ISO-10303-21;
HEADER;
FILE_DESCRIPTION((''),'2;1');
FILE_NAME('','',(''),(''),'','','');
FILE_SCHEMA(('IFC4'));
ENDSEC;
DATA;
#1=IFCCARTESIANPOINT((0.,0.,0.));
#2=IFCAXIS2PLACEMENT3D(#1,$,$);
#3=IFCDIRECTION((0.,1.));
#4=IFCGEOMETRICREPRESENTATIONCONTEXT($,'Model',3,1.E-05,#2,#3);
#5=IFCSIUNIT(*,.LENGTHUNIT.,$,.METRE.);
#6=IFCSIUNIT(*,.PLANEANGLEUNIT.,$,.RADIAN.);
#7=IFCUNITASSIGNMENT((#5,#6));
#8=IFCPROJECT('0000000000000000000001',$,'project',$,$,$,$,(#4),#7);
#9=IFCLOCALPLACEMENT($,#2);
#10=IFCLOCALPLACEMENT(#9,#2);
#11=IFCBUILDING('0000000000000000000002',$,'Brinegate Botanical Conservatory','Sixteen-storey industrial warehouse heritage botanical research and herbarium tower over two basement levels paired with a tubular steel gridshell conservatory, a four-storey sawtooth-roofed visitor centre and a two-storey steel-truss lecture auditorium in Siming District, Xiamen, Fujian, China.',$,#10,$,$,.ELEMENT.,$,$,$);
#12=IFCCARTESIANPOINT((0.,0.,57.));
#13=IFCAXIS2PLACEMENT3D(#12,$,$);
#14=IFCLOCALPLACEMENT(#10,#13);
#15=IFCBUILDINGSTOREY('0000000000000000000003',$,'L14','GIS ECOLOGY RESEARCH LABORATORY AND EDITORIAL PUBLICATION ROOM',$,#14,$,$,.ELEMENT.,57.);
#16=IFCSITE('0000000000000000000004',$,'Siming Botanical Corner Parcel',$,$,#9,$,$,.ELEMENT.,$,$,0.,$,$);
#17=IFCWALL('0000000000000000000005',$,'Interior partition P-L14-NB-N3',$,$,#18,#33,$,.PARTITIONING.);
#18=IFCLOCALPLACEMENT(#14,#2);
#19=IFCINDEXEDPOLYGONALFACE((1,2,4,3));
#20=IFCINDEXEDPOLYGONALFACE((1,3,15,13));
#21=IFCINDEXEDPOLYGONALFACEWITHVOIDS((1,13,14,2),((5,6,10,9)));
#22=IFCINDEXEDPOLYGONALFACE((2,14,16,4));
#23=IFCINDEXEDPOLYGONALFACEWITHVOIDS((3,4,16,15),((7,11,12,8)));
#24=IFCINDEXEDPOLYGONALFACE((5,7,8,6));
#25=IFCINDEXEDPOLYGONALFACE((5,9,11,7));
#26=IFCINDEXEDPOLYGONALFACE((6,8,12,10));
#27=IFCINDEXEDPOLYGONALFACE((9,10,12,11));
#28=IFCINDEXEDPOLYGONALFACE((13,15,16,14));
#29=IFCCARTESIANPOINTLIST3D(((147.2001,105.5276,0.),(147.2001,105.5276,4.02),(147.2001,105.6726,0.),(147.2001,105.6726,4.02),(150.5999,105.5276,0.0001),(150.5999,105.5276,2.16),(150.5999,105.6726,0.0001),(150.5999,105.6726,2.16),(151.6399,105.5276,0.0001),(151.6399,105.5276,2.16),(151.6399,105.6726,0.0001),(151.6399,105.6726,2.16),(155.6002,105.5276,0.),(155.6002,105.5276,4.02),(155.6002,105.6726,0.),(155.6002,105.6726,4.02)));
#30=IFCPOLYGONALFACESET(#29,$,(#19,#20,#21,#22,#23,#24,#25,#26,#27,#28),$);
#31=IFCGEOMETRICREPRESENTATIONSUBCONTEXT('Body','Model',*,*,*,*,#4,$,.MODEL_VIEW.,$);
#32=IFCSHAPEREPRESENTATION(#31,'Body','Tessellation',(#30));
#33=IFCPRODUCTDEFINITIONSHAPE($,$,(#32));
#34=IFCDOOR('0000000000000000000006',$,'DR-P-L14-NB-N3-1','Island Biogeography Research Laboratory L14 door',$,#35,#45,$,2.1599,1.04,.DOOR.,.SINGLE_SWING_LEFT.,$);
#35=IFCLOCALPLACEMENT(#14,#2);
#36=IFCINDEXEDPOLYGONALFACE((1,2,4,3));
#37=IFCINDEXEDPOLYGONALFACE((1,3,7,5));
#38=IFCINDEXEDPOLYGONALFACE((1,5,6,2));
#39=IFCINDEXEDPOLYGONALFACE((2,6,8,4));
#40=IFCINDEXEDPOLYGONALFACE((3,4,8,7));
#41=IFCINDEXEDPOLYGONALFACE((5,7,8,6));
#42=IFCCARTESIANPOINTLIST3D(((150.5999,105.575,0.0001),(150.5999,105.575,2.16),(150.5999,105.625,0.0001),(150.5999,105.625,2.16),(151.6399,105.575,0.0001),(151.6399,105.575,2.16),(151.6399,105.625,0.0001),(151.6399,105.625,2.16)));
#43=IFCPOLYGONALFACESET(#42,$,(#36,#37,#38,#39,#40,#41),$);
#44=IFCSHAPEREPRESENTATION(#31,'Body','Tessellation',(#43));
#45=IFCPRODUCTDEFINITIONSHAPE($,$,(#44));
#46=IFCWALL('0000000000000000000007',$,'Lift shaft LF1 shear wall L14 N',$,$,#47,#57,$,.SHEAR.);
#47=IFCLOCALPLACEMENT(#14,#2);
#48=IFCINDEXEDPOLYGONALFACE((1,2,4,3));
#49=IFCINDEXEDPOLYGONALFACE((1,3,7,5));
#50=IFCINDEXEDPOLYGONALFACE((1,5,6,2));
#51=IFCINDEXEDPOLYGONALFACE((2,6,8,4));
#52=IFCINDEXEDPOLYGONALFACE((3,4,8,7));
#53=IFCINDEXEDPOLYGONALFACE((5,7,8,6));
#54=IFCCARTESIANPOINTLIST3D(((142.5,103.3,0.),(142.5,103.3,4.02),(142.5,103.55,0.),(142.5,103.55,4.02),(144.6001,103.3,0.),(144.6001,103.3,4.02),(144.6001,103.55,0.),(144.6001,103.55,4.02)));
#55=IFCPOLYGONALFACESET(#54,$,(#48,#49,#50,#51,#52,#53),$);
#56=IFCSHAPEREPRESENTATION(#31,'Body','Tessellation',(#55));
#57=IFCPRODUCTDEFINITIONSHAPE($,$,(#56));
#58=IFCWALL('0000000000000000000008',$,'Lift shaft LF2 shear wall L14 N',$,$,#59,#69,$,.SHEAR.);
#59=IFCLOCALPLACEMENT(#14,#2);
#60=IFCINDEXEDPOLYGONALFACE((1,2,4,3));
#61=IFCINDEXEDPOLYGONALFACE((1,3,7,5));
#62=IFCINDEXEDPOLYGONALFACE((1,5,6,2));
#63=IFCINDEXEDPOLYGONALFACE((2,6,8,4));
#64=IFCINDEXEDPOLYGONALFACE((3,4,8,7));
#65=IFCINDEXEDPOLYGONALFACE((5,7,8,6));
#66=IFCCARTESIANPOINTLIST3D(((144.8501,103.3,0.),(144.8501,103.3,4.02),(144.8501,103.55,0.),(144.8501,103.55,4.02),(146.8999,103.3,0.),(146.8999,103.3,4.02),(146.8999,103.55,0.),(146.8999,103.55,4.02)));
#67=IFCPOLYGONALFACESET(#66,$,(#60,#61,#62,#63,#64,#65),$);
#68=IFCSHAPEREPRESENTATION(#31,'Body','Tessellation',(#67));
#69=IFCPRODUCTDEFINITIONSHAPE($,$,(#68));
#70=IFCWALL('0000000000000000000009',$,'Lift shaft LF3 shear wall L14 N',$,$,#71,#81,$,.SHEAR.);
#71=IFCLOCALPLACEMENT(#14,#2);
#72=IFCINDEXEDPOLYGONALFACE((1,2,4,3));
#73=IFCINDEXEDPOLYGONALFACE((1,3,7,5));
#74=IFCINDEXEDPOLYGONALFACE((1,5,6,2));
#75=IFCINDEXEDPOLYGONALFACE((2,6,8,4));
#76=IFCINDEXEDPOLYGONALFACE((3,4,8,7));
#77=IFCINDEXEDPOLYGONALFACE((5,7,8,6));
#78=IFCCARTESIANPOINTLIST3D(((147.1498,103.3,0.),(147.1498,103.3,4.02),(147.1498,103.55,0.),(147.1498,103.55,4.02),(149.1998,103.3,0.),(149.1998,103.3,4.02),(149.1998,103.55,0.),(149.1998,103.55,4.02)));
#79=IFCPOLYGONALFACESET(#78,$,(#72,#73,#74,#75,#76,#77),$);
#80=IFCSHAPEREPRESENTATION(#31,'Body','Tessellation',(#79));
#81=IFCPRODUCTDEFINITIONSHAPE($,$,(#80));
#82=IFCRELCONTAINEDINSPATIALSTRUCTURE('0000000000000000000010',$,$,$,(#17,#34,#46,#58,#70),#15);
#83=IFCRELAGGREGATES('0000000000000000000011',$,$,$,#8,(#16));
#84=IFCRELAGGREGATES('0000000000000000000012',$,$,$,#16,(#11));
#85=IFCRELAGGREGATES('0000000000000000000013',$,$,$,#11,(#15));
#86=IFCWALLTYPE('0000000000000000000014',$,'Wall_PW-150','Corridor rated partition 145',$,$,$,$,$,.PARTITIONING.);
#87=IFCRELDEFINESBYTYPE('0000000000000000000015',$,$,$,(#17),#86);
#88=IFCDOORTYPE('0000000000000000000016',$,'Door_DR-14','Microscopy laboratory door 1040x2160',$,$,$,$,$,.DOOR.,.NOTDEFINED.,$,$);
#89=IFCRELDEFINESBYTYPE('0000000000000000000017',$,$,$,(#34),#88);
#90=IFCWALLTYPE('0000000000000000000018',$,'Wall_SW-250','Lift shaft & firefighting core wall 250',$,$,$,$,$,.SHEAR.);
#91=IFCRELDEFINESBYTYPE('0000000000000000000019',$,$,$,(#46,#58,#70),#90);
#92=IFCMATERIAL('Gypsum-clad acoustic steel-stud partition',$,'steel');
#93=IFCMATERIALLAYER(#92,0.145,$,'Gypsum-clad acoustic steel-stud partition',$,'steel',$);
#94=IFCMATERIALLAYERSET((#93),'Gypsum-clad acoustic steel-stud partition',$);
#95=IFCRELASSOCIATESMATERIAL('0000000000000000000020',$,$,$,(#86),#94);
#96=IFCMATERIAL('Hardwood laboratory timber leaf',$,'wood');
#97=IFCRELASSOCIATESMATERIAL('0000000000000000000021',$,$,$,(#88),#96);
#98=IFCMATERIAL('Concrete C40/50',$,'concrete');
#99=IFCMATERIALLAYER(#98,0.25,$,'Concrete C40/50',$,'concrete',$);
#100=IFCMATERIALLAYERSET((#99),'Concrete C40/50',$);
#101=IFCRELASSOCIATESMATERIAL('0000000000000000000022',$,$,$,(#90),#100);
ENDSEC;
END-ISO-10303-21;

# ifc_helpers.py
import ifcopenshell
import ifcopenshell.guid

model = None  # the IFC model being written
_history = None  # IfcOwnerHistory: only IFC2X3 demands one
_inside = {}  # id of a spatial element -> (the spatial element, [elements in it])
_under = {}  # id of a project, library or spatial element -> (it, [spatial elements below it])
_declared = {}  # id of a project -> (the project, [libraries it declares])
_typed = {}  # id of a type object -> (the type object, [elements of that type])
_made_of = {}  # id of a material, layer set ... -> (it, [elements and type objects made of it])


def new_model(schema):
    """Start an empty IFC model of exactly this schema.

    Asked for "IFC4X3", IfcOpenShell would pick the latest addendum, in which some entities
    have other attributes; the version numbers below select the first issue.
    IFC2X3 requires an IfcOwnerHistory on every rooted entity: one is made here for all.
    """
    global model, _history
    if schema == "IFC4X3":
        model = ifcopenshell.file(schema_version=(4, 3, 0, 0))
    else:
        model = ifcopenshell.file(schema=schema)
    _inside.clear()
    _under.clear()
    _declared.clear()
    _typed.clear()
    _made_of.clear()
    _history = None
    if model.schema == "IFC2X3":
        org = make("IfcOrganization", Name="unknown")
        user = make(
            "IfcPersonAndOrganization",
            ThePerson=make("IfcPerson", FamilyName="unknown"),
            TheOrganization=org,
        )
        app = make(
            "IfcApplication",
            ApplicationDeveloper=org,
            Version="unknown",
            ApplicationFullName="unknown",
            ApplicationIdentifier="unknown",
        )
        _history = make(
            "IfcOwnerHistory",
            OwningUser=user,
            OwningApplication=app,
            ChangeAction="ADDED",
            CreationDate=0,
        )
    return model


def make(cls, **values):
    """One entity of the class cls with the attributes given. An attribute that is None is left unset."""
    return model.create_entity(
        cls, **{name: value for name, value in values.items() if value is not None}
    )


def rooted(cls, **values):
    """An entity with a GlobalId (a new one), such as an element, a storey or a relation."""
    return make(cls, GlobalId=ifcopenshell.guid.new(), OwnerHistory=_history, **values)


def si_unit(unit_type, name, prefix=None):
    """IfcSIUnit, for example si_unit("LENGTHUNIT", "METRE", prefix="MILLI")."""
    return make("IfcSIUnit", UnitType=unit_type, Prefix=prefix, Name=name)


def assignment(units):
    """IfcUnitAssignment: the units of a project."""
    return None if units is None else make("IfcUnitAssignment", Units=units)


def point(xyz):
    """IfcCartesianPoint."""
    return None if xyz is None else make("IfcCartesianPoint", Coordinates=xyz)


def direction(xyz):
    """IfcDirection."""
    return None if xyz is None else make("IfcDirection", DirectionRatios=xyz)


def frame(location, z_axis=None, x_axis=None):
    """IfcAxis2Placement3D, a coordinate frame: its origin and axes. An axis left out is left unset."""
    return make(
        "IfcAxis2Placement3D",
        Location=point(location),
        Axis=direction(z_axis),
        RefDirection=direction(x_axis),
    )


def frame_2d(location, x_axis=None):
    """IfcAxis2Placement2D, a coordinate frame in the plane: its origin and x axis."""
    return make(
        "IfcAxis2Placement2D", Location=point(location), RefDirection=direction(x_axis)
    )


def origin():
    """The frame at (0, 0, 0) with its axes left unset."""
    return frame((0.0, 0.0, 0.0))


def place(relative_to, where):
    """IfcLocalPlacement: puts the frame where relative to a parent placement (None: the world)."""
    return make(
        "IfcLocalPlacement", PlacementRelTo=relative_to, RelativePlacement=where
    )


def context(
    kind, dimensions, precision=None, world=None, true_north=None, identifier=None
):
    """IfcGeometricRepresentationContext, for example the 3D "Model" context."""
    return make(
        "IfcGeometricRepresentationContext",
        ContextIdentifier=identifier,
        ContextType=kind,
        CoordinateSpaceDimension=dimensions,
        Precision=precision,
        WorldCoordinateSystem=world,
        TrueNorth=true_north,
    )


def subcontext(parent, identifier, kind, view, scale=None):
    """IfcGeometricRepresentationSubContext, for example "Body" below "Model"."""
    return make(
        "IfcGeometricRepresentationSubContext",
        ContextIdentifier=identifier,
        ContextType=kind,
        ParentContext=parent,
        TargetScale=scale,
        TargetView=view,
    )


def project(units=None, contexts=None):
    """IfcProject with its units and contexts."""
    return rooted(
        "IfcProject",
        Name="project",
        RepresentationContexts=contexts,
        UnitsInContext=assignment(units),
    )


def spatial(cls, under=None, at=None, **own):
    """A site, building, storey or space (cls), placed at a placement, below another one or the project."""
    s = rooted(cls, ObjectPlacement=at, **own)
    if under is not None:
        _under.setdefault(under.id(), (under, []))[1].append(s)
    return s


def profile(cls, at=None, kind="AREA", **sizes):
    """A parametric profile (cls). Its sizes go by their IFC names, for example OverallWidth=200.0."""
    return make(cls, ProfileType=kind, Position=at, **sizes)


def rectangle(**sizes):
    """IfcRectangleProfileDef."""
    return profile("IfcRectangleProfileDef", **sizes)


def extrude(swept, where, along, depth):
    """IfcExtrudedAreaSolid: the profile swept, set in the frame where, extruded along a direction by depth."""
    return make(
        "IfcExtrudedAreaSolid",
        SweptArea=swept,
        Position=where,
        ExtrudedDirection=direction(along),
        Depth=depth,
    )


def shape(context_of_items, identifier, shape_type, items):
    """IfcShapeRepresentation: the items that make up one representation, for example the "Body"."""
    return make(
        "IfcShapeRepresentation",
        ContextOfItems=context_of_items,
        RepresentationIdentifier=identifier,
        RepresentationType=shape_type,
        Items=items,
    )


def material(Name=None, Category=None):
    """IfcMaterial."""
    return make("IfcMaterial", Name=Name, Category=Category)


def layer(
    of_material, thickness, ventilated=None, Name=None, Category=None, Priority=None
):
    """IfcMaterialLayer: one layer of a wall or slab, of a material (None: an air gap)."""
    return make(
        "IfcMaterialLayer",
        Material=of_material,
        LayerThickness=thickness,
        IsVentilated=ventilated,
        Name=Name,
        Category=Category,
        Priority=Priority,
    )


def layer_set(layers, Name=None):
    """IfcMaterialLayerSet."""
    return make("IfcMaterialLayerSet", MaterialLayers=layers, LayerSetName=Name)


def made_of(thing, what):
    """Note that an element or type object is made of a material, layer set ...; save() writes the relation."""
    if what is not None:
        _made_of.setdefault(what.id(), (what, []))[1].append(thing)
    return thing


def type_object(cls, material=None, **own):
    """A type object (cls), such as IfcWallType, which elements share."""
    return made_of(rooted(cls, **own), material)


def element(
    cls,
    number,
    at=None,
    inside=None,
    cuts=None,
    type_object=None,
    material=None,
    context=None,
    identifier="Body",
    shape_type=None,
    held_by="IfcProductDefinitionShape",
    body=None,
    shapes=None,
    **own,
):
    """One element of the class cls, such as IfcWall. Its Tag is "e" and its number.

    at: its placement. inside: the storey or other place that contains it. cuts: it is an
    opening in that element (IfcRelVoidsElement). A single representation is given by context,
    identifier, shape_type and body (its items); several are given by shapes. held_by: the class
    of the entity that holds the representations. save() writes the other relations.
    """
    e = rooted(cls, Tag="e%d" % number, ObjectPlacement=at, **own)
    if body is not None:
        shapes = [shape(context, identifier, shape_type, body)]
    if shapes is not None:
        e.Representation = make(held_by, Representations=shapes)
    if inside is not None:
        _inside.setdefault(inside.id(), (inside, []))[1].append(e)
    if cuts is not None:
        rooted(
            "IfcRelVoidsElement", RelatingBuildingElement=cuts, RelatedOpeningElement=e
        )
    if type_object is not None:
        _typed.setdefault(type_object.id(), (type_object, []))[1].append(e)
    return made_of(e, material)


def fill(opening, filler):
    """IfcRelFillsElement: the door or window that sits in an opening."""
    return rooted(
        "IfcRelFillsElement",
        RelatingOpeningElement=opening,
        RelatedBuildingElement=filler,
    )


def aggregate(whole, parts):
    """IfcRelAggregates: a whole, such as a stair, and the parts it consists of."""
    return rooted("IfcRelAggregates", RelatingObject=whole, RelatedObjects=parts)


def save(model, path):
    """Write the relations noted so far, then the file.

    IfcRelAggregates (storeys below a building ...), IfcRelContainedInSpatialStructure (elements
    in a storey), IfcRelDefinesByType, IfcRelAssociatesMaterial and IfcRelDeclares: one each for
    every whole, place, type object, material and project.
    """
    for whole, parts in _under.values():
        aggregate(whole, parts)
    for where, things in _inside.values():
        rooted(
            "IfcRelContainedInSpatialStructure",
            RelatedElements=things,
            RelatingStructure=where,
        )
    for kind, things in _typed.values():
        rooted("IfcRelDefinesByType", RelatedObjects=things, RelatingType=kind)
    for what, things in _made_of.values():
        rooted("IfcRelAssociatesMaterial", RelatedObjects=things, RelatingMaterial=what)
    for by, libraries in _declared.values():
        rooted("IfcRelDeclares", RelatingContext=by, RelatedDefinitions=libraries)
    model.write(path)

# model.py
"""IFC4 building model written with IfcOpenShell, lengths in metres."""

from ifc_helpers import new_model, si_unit, direction, frame, frame_2d, origin, place, context, subcontext, project, spatial, rectangle, extrude, material, layer, layer_set, type_object, element, fill, save


model = new_model("IFC4")

# Units and contexts
model_context = context("Model", 3, precision=1e-05, world=origin(), true_north=direction((0.0, 1.0)))
body_context = subcontext(model_context, "Body", "Model", "MODEL_VIEW")
ifc_project = project(units=[si_unit("LENGTHUNIT", "METRE"), si_unit("PLANEANGLEUNIT", "RADIAN")], contexts=[model_context])

# Site, building, storey
site_placement = place(None, origin())
site = spatial("IfcSite", under=ifc_project, at=site_placement, Name="Siming Botanical Corner Parcel", CompositionType="ELEMENT", RefElevation=0.0)
building_placement = place(site_placement, origin())
building = spatial("IfcBuilding", under=site, at=building_placement, Name="Brinegate Botanical Conservatory", Description="Sixteen-storey industrial warehouse heritage botanical research and herbarium tower over two basement levels paired with a tubular steel gridshell conservatory, a four-storey sawtooth-roofed visitor centre and a two-storey steel-truss lecture auditorium in Siming District, Xiamen, Fujian, China.", CompositionType="ELEMENT")
storey_placement = place(building_placement, frame((0.0, 0.0, 57.0)))
storey = spatial("IfcBuildingStorey", under=building, at=storey_placement, Name="L14", Description="GIS ECOLOGY RESEARCH LABORATORY AND EDITORIAL PUBLICATION ROOM", CompositionType="ELEMENT", Elevation=57.0)

# Shared definitions
ifc_material_1 = material(Name="Concrete C40/50", Category="concrete")

# Wall, opening, door
ifc_material_2 = material(Name="Gypsum-clad acoustic steel-stud partition", Category="steel")
ifc_layer_1 = layer(ifc_material_2, 0.145, Name="Gypsum-clad acoustic steel-stud partition", Category="steel")
ifc_layer_set_1 = layer_set([ifc_layer_1], Name="Gypsum-clad acoustic steel-stud partition")
wall_type_1 = type_object("IfcWallType", Name="Wall_PW-150", Description="Corridor rated partition 145", PredefinedType="PARTITIONING", material=ifc_layer_set_1)
wall_1_placement = place(storey_placement, frame((147.2, 105.6001, 0.0), z_axis=(0.0, 0.0, 1.0), x_axis=(1.0, 0.0, 0.0)))
wall_1 = element("IfcWall", 1, at=wall_1_placement, inside=storey, type_object=wall_type_1, Name="Interior partition P-L14-NB-N3", PredefinedType="PARTITIONING", context=body_context, shape_type="SweptSolid", body=[
    extrude(rectangle(XDim=8.4001, YDim=0.145, at=frame_2d((4.2002, 0.0))), origin(), (0.0, 0.0, 1.0), 4.02),
])
opening_1_placement = place(wall_1_placement, frame((3.3999, 0.0, 0.0)))
opening_1 = element("IfcOpeningElement", 2, at=opening_1_placement, cuts=wall_1, PredefinedType="OPENING", context=body_context, shape_type="SweptSolid", body=[
    extrude(rectangle(XDim=1.04, YDim=2.1599, at=frame_2d((0.52, 1.0801))), frame((0.0, 0.0825, 0.0), z_axis=(0.0, -1.0, 0.0), x_axis=(1.0, 0.0, 0.0)), (0.0, 0.0, 1.0), 0.165),
])
ifc_material_3 = material(Name="Hardwood laboratory timber leaf", Category="wood")
door_type = type_object("IfcDoorType", Name="Door_DR-14", Description="Microscopy laboratory door 1040x2160", OperationType="NOTDEFINED", PredefinedType="DOOR", material=ifc_material_3)
door_placement = place(opening_1_placement, origin())
door = element("IfcDoor", 3, at=door_placement, inside=storey, type_object=door_type, Name="DR-P-L14-NB-N3-1", Description="Island Biogeography Research Laboratory L14 door", OperationType="SINGLE_SWING_LEFT", OverallHeight=2.1599, OverallWidth=1.04, PredefinedType="DOOR", context=body_context, shape_type="SweptSolid", body=[
    extrude(rectangle(XDim=1.04, YDim=2.1599, at=frame_2d((0.52, 1.0801))), frame((0.0, 0.0249, 0.0), z_axis=(0.0, -1.0, 0.0), x_axis=(1.0, 0.0, 0.0)), (0.0, 0.0, 1.0), 0.05),
])
fill(opening_1, door)

# Walls
ifc_layer_2 = layer(ifc_material_1, 0.25, Name="Concrete C40/50", Category="concrete")
ifc_layer_set_2 = layer_set([ifc_layer_2], Name="Concrete C40/50")
wall_type_2 = type_object("IfcWallType", Name="Wall_SW-250", Description="Lift shaft & firefighting core wall 250", PredefinedType="SHEAR", material=ifc_layer_set_2)
wall_2_placement = place(storey_placement, frame((142.5, 103.425, 0.0), z_axis=(0.0, 0.0, 1.0), x_axis=(1.0, 0.0, 0.0)))
element("IfcWall", 4, at=wall_2_placement, inside=storey, type_object=wall_type_2, Name="Lift shaft LF1 shear wall L14 N", PredefinedType="SHEAR", context=body_context, shape_type="SweptSolid", body=[
    extrude(rectangle(XDim=2.1001, YDim=0.25, at=frame_2d((1.05, 0.0))), origin(), (0.0, 0.0, 1.0), 4.02),
])
wall_3_placement = place(storey_placement, frame((144.8501, 103.425, 0.0), z_axis=(0.0, 0.0, 1.0), x_axis=(1.0, 0.0, 0.0)))
element("IfcWall", 5, at=wall_3_placement, inside=storey, type_object=wall_type_2, Name="Lift shaft LF2 shear wall L14 N", PredefinedType="SHEAR", context=body_context, shape_type="SweptSolid", body=[
    extrude(rectangle(XDim=2.0498, YDim=0.25, at=frame_2d((1.0249, 0.0))), origin(), (0.0, 0.0, 1.0), 4.02),
])
wall_4_placement = place(storey_placement, frame((147.1499, 103.425, 0.0), z_axis=(0.0, 0.0, 1.0), x_axis=(1.0, 0.0, 0.0)))
element("IfcWall", 6, at=wall_4_placement, inside=storey, type_object=wall_type_2, Name="Lift shaft LF3 shear wall L14 N", PredefinedType="SHEAR", context=body_context, shape_type="SweptSolid", body=[
    extrude(rectangle(XDim=2.05, YDim=0.25, at=frame_2d((1.0249, 0.0))), origin(), (0.0, 0.0, 1.0), 4.02),
])

save(model, "model.ifc")
